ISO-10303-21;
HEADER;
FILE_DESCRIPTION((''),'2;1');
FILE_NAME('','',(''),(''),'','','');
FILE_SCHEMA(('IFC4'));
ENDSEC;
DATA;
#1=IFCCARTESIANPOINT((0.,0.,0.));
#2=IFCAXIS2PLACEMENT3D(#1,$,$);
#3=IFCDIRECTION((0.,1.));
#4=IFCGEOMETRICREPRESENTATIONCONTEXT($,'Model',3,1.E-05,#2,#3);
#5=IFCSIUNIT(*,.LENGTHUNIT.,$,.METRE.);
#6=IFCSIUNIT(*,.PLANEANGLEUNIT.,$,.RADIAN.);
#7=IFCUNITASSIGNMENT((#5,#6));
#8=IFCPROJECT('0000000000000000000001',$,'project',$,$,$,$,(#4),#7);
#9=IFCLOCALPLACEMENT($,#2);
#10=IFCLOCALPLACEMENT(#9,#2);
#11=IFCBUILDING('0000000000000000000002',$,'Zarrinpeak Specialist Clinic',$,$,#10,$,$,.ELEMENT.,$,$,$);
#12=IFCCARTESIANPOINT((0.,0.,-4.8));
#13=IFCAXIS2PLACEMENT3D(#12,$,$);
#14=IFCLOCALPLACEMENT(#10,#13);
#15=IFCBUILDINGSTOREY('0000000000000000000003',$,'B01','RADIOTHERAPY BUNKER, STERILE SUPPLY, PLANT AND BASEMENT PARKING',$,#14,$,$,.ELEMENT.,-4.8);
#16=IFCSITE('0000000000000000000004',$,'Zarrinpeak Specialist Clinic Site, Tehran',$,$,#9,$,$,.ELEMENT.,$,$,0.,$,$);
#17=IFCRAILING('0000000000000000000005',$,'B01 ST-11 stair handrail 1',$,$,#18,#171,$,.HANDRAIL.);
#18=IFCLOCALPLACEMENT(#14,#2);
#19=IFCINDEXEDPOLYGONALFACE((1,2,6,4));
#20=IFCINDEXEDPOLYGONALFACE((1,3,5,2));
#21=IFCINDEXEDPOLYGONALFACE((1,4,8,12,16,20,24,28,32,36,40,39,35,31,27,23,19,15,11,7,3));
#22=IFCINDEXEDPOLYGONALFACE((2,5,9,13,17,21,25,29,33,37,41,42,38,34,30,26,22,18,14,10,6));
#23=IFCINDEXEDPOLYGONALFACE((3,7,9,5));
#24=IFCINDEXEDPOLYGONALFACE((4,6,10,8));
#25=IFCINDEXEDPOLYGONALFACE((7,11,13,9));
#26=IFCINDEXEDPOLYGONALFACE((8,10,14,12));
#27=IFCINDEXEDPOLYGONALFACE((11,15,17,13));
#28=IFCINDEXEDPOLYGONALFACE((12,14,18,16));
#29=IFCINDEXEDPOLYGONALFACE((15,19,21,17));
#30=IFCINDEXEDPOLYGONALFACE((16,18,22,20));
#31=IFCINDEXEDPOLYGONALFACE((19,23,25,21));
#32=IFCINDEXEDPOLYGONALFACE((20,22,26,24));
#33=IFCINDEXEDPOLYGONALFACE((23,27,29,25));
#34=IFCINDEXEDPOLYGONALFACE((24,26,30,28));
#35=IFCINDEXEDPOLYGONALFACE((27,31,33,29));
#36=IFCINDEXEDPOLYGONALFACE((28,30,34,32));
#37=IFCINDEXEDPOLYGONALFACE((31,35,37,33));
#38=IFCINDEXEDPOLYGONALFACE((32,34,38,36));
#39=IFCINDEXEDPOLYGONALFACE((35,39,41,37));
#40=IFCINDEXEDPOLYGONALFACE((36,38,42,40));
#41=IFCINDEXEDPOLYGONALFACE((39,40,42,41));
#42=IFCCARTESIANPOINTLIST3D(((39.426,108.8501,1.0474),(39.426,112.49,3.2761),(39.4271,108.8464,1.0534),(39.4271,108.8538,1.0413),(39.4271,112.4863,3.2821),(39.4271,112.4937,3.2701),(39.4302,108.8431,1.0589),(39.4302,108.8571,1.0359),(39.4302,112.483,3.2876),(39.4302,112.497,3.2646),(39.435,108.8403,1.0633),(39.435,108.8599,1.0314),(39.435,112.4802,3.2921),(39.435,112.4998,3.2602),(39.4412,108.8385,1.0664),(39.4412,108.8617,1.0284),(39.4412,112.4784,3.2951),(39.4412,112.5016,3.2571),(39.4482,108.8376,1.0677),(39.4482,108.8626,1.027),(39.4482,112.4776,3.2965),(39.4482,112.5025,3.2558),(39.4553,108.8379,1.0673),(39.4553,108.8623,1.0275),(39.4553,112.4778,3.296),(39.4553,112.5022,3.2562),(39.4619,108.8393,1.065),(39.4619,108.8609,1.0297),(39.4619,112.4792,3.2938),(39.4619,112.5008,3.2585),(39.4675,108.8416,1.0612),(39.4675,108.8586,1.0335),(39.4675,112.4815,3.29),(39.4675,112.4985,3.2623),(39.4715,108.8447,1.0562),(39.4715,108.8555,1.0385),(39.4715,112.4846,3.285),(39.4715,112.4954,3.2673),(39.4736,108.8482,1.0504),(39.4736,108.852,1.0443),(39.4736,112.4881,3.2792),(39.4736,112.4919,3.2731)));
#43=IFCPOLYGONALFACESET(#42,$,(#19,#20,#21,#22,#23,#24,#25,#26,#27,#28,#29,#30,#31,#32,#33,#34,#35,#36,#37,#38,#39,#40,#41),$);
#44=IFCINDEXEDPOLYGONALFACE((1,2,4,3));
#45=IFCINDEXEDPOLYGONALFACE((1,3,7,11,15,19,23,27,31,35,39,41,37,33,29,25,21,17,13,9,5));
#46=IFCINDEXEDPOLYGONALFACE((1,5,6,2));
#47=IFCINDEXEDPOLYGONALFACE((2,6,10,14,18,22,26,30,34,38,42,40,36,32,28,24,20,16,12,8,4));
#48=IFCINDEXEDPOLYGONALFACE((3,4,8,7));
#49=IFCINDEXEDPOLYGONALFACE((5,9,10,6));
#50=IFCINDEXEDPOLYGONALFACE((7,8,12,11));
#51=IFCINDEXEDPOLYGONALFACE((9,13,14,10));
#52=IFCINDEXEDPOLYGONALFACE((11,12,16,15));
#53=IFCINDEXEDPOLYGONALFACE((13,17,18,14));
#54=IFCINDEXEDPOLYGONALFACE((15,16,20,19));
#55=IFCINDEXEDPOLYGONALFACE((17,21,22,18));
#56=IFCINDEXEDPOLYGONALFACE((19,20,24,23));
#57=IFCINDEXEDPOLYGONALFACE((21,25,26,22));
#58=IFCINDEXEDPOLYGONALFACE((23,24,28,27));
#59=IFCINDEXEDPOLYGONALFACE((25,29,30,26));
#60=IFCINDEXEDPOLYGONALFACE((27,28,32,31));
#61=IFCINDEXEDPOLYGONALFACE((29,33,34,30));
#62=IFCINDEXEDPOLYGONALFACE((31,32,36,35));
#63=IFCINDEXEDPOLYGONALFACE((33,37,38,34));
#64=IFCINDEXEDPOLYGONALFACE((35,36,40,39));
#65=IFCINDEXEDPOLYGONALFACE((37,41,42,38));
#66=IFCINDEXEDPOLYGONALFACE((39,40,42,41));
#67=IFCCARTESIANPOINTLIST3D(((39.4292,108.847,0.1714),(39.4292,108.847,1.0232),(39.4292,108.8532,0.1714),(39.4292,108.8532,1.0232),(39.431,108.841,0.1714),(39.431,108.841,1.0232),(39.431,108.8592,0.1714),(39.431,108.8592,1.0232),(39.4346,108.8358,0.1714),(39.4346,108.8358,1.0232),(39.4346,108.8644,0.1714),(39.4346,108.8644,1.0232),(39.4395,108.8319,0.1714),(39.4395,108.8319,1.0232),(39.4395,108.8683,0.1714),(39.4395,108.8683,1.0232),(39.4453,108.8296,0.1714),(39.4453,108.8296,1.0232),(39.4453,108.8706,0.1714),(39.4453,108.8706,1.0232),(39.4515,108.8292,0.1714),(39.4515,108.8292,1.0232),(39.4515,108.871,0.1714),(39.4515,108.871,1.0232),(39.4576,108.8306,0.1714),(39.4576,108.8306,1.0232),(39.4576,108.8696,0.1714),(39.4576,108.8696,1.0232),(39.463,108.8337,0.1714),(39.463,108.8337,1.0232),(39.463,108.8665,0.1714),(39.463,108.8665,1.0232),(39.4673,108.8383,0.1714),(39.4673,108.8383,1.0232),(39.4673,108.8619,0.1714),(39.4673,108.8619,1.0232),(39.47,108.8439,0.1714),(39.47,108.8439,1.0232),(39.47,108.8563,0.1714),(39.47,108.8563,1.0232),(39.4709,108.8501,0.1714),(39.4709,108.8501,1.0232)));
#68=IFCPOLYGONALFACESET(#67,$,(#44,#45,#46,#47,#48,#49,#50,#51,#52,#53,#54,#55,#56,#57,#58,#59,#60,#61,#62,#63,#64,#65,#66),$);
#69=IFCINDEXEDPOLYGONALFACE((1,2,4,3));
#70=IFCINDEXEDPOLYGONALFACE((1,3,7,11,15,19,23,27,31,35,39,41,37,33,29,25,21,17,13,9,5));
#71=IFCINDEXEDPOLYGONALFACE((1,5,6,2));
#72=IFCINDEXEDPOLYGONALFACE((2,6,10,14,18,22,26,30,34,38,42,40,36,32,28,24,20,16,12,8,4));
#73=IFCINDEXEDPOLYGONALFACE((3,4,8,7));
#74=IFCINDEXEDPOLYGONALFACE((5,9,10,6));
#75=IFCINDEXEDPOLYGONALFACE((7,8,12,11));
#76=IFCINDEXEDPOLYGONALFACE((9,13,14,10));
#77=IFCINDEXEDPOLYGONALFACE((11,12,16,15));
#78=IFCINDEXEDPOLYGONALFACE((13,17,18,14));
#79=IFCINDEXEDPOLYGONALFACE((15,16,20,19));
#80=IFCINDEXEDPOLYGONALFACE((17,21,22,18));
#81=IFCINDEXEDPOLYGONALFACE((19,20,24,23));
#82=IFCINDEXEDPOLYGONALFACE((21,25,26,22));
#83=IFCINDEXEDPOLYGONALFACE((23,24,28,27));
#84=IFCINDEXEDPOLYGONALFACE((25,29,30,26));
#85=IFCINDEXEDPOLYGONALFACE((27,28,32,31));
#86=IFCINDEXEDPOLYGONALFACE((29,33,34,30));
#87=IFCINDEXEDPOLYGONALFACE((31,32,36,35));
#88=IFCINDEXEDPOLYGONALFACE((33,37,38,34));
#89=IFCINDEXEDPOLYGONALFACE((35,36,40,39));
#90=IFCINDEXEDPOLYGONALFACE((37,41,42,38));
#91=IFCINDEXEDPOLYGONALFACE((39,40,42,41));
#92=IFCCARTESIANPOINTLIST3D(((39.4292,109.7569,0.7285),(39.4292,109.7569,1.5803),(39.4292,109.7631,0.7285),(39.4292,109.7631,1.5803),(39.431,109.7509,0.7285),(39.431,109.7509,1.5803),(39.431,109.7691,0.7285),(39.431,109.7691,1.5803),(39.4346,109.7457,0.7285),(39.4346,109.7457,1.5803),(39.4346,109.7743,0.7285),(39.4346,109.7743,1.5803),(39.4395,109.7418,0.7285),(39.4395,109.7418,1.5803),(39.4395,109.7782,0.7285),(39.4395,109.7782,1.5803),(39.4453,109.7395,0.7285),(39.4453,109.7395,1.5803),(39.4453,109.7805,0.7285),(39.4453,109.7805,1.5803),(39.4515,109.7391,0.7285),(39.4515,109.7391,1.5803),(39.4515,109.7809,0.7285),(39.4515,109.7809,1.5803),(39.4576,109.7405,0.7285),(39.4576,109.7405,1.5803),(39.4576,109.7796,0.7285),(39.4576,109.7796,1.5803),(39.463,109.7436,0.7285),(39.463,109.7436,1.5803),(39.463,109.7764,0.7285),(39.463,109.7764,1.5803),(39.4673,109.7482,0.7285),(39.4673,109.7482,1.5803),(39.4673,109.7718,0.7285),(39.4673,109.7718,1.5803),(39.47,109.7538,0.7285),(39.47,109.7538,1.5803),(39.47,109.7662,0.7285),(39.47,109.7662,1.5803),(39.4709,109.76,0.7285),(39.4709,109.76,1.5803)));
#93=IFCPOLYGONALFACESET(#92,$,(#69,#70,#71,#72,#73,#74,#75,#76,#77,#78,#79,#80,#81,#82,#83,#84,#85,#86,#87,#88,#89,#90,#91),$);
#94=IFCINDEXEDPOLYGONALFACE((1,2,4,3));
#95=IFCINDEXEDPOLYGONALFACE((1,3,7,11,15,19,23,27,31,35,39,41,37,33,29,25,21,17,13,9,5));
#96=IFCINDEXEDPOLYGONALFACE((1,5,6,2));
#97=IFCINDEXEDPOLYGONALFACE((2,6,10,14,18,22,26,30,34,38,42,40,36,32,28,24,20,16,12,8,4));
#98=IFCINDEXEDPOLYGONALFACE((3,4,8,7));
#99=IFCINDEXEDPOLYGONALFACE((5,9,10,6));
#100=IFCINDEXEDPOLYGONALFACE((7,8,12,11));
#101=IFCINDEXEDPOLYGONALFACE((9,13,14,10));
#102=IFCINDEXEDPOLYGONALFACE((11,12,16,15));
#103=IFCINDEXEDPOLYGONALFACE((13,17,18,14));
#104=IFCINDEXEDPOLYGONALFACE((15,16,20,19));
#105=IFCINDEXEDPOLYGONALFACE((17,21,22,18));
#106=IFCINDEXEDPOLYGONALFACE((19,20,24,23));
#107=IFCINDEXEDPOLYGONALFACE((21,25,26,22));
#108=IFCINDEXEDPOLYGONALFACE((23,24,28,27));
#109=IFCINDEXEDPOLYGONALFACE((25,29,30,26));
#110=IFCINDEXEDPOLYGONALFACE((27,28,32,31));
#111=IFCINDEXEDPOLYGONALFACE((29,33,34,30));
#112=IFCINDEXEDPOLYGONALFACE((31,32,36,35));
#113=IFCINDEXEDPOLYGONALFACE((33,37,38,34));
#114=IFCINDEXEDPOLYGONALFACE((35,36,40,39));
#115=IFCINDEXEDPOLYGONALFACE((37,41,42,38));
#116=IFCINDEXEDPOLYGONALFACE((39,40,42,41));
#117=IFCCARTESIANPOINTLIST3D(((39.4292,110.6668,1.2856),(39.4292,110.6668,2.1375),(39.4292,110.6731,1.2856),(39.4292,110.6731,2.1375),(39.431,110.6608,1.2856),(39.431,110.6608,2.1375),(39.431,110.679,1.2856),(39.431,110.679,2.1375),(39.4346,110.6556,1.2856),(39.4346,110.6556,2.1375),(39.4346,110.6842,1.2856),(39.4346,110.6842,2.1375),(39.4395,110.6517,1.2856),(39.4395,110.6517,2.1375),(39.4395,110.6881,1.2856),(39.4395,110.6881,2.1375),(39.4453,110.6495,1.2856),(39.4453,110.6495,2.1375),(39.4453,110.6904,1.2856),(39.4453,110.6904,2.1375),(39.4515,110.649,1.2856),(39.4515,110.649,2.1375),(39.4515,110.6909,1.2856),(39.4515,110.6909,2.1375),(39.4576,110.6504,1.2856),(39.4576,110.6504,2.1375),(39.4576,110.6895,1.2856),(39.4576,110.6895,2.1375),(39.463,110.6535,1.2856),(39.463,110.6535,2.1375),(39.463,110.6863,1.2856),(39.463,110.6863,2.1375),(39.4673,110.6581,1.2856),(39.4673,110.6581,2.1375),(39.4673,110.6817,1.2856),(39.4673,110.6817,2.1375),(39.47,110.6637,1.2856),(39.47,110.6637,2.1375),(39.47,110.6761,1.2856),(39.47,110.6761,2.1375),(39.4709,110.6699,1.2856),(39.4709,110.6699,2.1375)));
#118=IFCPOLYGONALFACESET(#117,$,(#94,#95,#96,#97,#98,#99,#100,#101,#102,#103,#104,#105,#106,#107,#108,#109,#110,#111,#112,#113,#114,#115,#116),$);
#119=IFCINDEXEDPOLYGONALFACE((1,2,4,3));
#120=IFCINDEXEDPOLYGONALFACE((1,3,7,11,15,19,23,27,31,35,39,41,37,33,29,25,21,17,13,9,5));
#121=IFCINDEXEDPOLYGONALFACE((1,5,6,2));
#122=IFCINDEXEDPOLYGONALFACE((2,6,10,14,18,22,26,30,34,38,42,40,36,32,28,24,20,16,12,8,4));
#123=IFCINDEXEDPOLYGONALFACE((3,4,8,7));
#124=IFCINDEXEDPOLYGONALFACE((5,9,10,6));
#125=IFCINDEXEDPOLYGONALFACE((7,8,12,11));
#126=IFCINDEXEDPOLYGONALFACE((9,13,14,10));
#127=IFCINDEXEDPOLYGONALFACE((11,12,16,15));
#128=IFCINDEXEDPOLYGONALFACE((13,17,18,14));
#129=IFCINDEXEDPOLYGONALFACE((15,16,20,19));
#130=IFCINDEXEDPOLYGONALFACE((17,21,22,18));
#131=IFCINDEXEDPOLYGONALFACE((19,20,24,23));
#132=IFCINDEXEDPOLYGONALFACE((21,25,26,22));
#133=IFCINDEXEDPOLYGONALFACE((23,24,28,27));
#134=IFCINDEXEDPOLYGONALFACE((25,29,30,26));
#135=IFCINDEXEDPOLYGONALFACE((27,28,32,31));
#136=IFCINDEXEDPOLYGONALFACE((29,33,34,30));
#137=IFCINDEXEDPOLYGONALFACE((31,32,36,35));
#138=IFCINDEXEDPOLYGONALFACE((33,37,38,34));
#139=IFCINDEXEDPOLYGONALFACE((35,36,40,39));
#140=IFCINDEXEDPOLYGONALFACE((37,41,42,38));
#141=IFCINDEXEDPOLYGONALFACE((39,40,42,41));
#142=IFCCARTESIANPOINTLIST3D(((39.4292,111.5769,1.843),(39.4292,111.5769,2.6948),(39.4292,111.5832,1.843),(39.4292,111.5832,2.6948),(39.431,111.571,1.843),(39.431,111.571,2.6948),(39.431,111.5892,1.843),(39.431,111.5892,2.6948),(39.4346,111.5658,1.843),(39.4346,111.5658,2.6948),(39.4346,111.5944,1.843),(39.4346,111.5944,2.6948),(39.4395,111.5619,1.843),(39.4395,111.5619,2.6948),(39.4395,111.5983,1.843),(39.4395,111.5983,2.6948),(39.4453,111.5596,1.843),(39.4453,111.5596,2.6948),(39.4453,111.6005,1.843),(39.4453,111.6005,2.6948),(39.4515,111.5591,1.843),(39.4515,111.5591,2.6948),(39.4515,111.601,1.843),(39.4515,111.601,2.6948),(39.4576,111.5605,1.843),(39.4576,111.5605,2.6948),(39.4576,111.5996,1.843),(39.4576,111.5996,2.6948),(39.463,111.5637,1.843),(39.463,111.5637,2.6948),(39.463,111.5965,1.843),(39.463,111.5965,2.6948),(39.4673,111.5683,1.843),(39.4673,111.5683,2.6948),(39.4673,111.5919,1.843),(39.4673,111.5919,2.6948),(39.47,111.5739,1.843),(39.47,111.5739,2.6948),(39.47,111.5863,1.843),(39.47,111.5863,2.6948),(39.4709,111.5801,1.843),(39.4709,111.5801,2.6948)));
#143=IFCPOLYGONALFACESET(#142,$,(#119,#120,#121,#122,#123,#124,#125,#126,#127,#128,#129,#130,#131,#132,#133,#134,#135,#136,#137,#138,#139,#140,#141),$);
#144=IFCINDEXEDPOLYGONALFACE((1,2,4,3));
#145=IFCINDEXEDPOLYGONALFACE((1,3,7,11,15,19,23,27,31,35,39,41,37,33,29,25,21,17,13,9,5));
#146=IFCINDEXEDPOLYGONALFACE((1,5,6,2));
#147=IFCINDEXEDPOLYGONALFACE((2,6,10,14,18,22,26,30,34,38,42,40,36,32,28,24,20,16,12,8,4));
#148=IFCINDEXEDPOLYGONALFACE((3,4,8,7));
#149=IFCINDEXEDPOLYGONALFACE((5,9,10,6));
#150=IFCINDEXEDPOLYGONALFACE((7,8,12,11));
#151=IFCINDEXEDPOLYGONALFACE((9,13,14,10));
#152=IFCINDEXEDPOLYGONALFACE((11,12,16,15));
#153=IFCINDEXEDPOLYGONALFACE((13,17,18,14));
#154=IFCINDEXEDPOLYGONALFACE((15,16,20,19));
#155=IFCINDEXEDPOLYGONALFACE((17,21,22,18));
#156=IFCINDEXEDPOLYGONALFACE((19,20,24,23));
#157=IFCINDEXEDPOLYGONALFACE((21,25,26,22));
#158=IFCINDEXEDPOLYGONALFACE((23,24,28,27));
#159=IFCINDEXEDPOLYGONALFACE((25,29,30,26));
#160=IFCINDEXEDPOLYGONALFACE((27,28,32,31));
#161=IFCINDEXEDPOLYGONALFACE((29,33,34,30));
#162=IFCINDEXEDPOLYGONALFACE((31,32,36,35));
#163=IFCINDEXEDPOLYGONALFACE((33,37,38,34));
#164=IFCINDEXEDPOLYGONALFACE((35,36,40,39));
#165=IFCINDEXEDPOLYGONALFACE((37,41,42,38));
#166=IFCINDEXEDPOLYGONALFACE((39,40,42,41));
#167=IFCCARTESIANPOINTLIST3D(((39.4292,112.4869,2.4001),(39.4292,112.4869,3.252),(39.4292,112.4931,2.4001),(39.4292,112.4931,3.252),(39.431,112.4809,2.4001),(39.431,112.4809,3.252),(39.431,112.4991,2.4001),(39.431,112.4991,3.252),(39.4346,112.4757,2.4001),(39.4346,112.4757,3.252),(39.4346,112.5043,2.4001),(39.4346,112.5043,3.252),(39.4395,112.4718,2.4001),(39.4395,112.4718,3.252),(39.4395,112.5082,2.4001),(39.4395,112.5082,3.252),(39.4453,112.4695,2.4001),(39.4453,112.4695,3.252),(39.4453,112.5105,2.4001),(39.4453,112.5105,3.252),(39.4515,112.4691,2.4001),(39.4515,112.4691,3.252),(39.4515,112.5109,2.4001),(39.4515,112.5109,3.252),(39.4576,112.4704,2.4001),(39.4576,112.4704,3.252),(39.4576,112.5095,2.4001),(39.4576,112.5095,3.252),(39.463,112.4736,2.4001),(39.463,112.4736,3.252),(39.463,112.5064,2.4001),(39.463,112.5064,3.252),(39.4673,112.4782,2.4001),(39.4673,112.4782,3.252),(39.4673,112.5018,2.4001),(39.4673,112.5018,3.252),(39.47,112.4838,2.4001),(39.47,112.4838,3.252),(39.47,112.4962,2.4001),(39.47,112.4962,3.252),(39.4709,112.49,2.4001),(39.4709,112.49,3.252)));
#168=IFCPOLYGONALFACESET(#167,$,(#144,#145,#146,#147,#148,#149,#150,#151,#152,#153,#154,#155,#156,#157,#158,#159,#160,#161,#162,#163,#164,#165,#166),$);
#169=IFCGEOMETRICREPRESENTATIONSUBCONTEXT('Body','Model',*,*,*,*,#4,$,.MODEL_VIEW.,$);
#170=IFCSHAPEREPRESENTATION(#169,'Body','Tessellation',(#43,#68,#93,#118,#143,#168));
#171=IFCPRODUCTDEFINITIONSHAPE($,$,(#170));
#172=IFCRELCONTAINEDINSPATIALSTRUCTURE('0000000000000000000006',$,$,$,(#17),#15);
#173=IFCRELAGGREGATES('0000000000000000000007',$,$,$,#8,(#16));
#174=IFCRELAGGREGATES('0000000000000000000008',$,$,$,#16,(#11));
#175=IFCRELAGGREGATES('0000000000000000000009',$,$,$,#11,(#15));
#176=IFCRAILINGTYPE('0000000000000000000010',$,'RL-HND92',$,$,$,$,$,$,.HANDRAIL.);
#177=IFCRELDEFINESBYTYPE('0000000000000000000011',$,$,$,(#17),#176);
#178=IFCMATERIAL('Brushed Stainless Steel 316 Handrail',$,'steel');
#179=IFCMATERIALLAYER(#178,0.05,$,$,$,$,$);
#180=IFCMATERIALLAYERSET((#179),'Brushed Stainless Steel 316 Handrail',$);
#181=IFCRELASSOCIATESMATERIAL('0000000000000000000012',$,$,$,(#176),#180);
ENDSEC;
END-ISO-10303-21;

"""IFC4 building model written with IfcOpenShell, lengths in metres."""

from ifc_helpers import new_model, si_unit, direction, frame, origin, origin_2d, place, context, subcontext, project, spatial, circle, extrude, material, layer, layer_set, type_object, element, save


model = new_model("IFC4")

# Units and contexts
model_context = context("Model", 3, precision=1e-05, world=origin(), true_north=direction((0.0, 1.0)))
body_context = subcontext(model_context, "Body", "Model", "MODEL_VIEW")
ifc_project = project(units=[si_unit("LENGTHUNIT", "METRE"), si_unit("PLANEANGLEUNIT", "RADIAN")], contexts=[model_context])

# Site, building, storey
site_placement = place(None, origin())
site = spatial("IfcSite", under=ifc_project, at=site_placement, Name="Zarrinpeak Specialist Clinic Site, Tehran", CompositionType="ELEMENT", RefElevation=0.0)
building_placement = place(site_placement, origin())
building = spatial("IfcBuilding", under=site, at=building_placement, Name="Zarrinpeak Specialist Clinic", CompositionType="ELEMENT")
storey_placement = place(building_placement, frame((0.0, 0.0, -4.8)))
storey = spatial("IfcBuildingStorey", under=building, at=storey_placement, Name="B01", Description="RADIOTHERAPY BUNKER, STERILE SUPPLY, PLANT AND BASEMENT PARKING", CompositionType="ELEMENT", Elevation=-4.8)

# Railing
ifc_material_1 = material(Name="Brushed Stainless Steel 316 Handrail", Category="steel")
ifc_layer_1 = layer(ifc_material_1, 0.05)
ifc_layer_set_1 = layer_set([ifc_layer_1], Name="Brushed Stainless Steel 316 Handrail")
railing_type_1 = type_object("IfcRailingType", Name="RL-HND92", PredefinedType="HANDRAIL", material=ifc_layer_set_1)
railing_1_placement = place(storey_placement, frame((39.45, 108.8501, 0.1714)))
element("IfcRailing", 1, at=railing_1_placement, inside=storey, type_object=railing_type_1, Name="B01 ST-11 stair handrail 1", PredefinedType="HANDRAIL", context=body_context, shape_type="SweptSolid", body=[
    extrude(circle(Radius=0.0239, at=origin_2d()), frame((0.0, 0.0, 0.876), z_axis=(0.0, 0.852825, 0.522197), x_axis=(-1.0, 0.0, 0.0)), (0.0, 0.0, 1.0), 4.2681),
    extrude(circle(Radius=0.021, at=origin_2d()), origin(), (0.0, 0.0, 1.0), 0.8518),
    extrude(circle(Radius=0.021, at=origin_2d()), frame((0.0, 0.9099, 0.5571)), (0.0, 0.0, 1.0), 0.8518),
    extrude(circle(Radius=0.021, at=origin_2d()), frame((0.0, 1.8198, 1.1143)), (0.0, 0.0, 1.0), 0.8518),
    extrude(circle(Radius=0.021, at=origin_2d()), frame((0.0, 2.73, 1.6716)), (0.0, 0.0, 1.0), 0.8518),
    extrude(circle(Radius=0.021, at=origin_2d()), frame((0.0, 3.6399, 2.2288)), (0.0, 0.0, 1.0), 0.8518),
])

save(model, "model.ifc")
